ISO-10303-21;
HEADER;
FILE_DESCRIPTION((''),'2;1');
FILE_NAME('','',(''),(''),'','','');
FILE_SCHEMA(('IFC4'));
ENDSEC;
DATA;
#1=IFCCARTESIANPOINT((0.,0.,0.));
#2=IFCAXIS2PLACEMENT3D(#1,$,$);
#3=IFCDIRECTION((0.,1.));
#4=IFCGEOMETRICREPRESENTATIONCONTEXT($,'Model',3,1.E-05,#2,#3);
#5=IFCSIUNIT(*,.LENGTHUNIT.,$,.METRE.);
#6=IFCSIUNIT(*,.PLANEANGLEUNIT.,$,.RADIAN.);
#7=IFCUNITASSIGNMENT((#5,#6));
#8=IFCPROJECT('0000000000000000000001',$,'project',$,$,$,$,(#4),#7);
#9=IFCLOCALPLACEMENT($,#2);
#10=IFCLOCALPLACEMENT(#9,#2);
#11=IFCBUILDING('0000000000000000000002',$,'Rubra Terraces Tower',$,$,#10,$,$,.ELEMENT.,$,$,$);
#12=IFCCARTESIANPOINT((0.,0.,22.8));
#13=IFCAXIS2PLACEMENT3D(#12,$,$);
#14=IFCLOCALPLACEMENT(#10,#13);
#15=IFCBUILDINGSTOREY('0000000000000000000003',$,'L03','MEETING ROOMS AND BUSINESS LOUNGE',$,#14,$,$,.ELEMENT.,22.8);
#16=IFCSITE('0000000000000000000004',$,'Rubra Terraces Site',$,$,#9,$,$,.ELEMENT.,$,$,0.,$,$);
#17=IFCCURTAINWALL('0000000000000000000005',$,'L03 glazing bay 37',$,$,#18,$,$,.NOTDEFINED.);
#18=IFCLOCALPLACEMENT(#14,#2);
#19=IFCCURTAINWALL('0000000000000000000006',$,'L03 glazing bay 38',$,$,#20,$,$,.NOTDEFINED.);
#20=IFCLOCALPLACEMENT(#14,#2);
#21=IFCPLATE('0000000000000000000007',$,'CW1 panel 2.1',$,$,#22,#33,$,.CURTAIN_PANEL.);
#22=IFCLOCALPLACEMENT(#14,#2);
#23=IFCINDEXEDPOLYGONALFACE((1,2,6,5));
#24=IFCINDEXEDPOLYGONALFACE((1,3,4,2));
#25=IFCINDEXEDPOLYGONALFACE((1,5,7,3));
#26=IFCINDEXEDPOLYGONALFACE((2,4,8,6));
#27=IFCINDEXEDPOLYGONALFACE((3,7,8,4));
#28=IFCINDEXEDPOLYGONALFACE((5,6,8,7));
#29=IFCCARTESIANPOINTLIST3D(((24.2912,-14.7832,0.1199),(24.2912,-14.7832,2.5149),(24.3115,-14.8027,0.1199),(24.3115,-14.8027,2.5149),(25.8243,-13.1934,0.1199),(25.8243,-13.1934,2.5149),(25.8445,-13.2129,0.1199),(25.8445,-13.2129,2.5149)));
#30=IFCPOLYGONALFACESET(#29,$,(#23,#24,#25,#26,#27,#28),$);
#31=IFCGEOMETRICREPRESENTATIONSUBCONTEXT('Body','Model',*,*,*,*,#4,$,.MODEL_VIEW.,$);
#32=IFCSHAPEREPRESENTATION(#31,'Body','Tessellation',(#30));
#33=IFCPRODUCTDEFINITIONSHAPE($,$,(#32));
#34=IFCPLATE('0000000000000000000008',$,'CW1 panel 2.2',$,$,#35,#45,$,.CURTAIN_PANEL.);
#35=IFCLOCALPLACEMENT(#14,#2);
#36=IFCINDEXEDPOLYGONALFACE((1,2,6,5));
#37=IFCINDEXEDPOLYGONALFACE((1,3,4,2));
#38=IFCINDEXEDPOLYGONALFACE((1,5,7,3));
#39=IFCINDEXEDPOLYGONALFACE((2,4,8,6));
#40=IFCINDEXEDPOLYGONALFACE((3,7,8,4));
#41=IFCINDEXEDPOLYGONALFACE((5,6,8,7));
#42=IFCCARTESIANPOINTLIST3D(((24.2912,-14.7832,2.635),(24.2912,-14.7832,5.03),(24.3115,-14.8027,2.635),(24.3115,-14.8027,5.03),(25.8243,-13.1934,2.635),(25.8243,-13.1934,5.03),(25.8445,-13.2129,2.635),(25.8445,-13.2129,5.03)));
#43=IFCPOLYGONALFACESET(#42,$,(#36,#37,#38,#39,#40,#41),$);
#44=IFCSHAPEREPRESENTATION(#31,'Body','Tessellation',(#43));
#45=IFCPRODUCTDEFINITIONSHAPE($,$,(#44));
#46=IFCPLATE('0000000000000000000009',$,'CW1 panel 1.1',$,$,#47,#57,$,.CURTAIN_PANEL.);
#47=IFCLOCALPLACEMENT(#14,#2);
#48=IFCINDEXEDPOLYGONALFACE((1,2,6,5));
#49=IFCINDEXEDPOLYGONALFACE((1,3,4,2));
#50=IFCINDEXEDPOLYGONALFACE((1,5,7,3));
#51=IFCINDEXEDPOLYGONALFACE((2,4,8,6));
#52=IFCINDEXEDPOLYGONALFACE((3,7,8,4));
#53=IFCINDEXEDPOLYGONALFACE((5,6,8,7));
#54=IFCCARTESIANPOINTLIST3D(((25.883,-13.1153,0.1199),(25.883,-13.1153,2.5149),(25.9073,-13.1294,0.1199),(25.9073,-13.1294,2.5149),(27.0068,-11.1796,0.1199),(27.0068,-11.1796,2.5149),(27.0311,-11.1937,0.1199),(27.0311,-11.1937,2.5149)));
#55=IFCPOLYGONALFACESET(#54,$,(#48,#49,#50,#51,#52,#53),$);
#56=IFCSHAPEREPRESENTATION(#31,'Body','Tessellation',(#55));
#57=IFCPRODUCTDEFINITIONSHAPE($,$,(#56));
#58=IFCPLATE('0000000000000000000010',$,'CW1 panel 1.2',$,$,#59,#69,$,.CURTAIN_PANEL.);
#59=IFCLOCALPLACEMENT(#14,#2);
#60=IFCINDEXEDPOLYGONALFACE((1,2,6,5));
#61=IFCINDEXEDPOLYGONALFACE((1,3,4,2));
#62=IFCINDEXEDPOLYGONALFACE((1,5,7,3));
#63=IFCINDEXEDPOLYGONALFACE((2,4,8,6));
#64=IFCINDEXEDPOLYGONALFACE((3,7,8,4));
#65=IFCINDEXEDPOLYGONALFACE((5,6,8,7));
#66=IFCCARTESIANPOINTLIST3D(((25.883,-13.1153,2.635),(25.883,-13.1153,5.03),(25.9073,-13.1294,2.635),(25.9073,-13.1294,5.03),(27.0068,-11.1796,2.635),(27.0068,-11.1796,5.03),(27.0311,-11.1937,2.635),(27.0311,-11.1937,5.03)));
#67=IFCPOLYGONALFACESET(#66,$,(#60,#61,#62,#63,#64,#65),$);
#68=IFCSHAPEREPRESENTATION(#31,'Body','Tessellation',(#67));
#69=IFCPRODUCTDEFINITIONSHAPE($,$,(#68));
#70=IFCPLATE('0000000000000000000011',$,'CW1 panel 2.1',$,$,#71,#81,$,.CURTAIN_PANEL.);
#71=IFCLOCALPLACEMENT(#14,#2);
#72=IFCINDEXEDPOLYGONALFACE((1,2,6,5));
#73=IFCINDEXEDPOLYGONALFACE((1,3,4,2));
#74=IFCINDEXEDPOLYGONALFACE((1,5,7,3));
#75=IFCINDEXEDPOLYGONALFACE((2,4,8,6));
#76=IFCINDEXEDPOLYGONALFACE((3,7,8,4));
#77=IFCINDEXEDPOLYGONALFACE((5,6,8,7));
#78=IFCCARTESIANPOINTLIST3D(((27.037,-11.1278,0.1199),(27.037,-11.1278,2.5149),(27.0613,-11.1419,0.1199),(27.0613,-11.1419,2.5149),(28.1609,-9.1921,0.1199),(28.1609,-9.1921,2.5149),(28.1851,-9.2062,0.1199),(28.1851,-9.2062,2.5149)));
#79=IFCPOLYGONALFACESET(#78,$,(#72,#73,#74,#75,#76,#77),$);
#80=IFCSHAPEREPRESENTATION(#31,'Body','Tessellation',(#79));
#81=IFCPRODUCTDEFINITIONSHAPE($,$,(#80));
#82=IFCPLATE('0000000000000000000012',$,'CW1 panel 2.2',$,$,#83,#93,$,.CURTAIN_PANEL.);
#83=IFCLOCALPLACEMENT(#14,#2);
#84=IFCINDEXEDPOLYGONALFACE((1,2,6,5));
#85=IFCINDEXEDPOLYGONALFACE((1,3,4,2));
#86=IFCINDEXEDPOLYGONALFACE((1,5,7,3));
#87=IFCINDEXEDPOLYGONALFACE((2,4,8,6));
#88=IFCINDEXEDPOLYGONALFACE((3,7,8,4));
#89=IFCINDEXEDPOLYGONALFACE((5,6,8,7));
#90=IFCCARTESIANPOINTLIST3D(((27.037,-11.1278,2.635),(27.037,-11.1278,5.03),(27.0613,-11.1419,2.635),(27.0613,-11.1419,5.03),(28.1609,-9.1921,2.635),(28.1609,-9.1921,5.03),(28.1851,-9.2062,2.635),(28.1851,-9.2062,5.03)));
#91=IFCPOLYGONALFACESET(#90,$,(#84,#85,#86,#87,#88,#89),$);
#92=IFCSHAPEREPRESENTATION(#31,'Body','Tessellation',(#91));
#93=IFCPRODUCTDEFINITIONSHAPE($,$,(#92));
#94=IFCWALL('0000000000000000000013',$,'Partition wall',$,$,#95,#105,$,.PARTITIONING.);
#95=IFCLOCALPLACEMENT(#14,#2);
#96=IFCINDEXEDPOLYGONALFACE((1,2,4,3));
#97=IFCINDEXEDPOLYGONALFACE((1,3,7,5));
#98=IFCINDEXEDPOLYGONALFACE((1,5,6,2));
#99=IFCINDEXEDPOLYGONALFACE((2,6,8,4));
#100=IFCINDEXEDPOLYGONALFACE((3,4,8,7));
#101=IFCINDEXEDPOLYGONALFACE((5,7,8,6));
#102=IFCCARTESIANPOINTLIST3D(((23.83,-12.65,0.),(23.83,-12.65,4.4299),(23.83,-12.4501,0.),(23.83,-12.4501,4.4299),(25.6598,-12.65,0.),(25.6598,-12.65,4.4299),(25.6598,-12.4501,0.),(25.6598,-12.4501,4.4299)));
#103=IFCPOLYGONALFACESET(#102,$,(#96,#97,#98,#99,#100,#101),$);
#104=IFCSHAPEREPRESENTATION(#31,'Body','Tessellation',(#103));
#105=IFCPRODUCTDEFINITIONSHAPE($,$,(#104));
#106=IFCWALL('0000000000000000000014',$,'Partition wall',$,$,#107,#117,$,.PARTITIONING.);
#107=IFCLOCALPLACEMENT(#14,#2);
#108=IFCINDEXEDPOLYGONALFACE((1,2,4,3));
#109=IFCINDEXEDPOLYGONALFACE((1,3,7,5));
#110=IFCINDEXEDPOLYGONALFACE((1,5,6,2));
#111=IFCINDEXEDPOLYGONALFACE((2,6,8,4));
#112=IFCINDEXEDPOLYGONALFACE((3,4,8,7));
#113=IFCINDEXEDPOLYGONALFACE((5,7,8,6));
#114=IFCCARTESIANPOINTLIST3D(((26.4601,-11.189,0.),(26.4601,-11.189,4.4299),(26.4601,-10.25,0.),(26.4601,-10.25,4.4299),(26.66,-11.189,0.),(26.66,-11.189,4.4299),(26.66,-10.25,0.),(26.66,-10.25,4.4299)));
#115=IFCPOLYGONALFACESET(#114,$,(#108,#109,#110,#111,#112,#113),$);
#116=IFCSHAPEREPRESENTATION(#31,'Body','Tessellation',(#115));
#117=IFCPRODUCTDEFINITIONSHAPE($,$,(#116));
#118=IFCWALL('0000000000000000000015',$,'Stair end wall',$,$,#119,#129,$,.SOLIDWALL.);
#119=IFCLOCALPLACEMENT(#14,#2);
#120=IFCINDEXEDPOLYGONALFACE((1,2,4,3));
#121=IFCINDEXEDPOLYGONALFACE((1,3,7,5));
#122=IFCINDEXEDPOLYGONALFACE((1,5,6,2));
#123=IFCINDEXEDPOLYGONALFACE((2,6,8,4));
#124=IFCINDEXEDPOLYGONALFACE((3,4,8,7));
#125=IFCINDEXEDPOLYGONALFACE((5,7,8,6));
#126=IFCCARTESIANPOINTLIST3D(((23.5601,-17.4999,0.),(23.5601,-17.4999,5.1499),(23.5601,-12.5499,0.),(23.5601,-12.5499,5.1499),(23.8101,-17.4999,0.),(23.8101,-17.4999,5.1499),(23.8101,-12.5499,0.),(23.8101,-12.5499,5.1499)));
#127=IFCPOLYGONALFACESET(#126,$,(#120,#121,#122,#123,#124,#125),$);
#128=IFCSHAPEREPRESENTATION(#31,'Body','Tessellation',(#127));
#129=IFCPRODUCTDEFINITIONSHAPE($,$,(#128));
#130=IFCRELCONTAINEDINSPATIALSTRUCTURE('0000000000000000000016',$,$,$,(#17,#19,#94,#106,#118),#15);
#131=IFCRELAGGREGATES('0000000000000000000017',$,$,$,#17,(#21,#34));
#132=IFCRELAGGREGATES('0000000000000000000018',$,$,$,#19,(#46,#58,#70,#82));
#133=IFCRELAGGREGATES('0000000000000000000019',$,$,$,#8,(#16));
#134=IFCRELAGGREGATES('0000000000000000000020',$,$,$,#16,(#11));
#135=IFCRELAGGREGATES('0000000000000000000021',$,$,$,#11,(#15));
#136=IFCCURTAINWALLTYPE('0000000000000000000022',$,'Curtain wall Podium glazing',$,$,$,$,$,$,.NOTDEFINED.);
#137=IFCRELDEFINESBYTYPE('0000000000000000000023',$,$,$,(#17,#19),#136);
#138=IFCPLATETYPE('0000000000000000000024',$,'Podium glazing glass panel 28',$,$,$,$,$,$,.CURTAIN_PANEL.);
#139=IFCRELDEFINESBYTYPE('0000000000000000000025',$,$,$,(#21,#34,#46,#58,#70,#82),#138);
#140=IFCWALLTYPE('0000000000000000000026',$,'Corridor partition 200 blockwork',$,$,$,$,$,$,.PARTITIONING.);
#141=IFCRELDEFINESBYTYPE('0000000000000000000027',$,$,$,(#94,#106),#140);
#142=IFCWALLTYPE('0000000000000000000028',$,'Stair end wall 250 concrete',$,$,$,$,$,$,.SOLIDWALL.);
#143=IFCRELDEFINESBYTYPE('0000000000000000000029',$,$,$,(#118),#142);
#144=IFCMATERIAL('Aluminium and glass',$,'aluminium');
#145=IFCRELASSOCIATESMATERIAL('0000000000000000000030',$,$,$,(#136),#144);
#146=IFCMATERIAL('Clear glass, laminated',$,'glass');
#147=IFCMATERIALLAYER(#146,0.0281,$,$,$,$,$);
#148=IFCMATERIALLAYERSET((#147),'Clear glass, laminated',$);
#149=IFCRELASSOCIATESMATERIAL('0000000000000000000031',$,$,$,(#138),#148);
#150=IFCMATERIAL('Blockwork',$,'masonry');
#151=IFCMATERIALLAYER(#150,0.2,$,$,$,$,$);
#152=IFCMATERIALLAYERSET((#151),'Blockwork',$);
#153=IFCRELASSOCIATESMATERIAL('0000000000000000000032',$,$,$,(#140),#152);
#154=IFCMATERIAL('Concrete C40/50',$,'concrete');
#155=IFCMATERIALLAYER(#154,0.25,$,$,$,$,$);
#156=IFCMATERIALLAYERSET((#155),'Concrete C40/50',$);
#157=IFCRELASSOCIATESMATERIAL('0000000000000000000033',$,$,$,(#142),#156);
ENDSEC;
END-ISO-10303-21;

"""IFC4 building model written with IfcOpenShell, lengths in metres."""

from ifc_helpers import new_model, si_unit, direction, frame, frame_2d, origin, origin_2d, place, context, subcontext, project, spatial, rectangle, extrude, material, layer, layer_set, type_object, element, aggregate, save


model = new_model("IFC4")

# Units and contexts
model_context = context("Model", 3, precision=1e-05, world=origin(), true_north=direction((0.0, 1.0)))
body_context = subcontext(model_context, "Body", "Model", "MODEL_VIEW")
ifc_project = project(units=[si_unit("LENGTHUNIT", "METRE"), si_unit("PLANEANGLEUNIT", "RADIAN")], contexts=[model_context])

# Site, building, storey
site_placement = place(None, origin())
site = spatial("IfcSite", under=ifc_project, at=site_placement, Name="Rubra Terraces Site", CompositionType="ELEMENT", RefElevation=0.0)
building_placement = place(site_placement, origin())
building = spatial("IfcBuilding", under=site, at=building_placement, Name="Rubra Terraces Tower", CompositionType="ELEMENT")
storey_placement = place(building_placement, frame((0.0, 0.0, 22.8)))
storey = spatial("IfcBuildingStorey", under=building, at=storey_placement, Name="L03", Description="MEETING ROOMS AND BUSINESS LOUNGE", CompositionType="ELEMENT", Elevation=22.8)

# Curtain walls
ifc_material_1 = material(Name="Aluminium and glass", Category="aluminium")
curtain_wall_type = type_object("IfcCurtainWallType", Name="Curtain wall Podium glazing", PredefinedType="NOTDEFINED", material=ifc_material_1)
curtain_wall_1_placement = place(storey_placement, origin())
curtain_wall_1 = element("IfcCurtainWall", 1, at=curtain_wall_1_placement, inside=storey, type_object=curtain_wall_type, Name="L03 glazing bay 37", PredefinedType="NOTDEFINED")
curtain_wall_2_placement = place(storey_placement, origin())
curtain_wall_2 = element("IfcCurtainWall", 2, at=curtain_wall_2_placement, inside=storey, type_object=curtain_wall_type, Name="L03 glazing bay 38", PredefinedType="NOTDEFINED")

# Shared definitions
ifc_material_2 = material(Name="Clear glass, laminated", Category="glass")
ifc_layer_1 = layer(ifc_material_2, 0.0281)
ifc_layer_set_1 = layer_set([ifc_layer_1], Name="Clear glass, laminated")
plate_type = type_object("IfcPlateType", Name="Podium glazing glass panel 28", PredefinedType="CURTAIN_PANEL", material=ifc_layer_set_1)

# Plates
plate_1_placement = place(storey_placement, frame((25.0679, -13.998, 0.1199), z_axis=(0.0, 0.0, 1.0), x_axis=(0.694156, 0.719825, 0.0)))
plate_1 = element("IfcPlate", 3, at=plate_1_placement, type_object=plate_type, Name="CW1 panel 2.1", PredefinedType="CURTAIN_PANEL", context=body_context, shape_type="SweptSolid", body=[
    extrude(rectangle(XDim=2.2085, YDim=0.0281, at=origin_2d()), origin(), (0.0, 0.0, 1.0), 2.395),
])
plate_2_placement = place(storey_placement, frame((25.0679, -13.998, 2.635), z_axis=(0.0, 0.0, 1.0), x_axis=(0.694156, 0.719825, 0.0)))
plate_2 = element("IfcPlate", 4, at=plate_2_placement, type_object=plate_type, Name="CW1 panel 2.2", PredefinedType="CURTAIN_PANEL", context=body_context, shape_type="SweptSolid", body=[
    extrude(rectangle(XDim=2.2085, YDim=0.0281, at=origin_2d()), origin(), (0.0, 0.0, 1.0), 2.395),
])
aggregate(curtain_wall_1, [plate_1, plate_2])
plate_3_placement = place(storey_placement, frame((26.457, -12.1545, 0.1199), z_axis=(0.0, 0.0, 1.0), x_axis=(0.502094, 0.864813, 0.0)))
plate_3 = element("IfcPlate", 5, at=plate_3_placement, type_object=plate_type, Name="CW1 panel 1.1", PredefinedType="CURTAIN_PANEL", context=body_context, shape_type="SweptSolid", body=[
    extrude(rectangle(XDim=2.2383, YDim=0.0281, at=origin_2d()), origin(), (0.0, 0.0, 1.0), 2.395),
])
plate_4_placement = place(storey_placement, frame((26.457, -12.1545, 2.635), z_axis=(0.0, 0.0, 1.0), x_axis=(0.502094, 0.864813, 0.0)))
plate_4 = element("IfcPlate", 6, at=plate_4_placement, type_object=plate_type, Name="CW1 panel 1.2", PredefinedType="CURTAIN_PANEL", context=body_context, shape_type="SweptSolid", body=[
    extrude(rectangle(XDim=2.2383, YDim=0.0281, at=origin_2d()), origin(), (0.0, 0.0, 1.0), 2.395),
])
plate_5_placement = place(storey_placement, frame((27.6111, -10.167, 0.1199), z_axis=(0.0, 0.0, 1.0), x_axis=(0.502094, 0.864813, 0.0)))
plate_5 = element("IfcPlate", 7, at=plate_5_placement, type_object=plate_type, Name="CW1 panel 2.1", PredefinedType="CURTAIN_PANEL", context=body_context, shape_type="SweptSolid", body=[
    extrude(rectangle(XDim=2.2383, YDim=0.0281, at=origin_2d()), origin(), (0.0, 0.0, 1.0), 2.395),
])
plate_6_placement = place(storey_placement, frame((27.6111, -10.167, 2.635), z_axis=(0.0, 0.0, 1.0), x_axis=(0.502094, 0.864813, 0.0)))
plate_6 = element("IfcPlate", 8, at=plate_6_placement, type_object=plate_type, Name="CW1 panel 2.2", PredefinedType="CURTAIN_PANEL", context=body_context, shape_type="SweptSolid", body=[
    extrude(rectangle(XDim=2.2383, YDim=0.0281, at=origin_2d()), origin(), (0.0, 0.0, 1.0), 2.395),
])
aggregate(curtain_wall_2, [plate_3, plate_4, plate_5, plate_6])

# Walls
ifc_material_3 = material(Name="Blockwork", Category="masonry")
ifc_layer_2 = layer(ifc_material_3, 0.2)
ifc_layer_set_2 = layer_set([ifc_layer_2], Name="Blockwork")
wall_type_1 = type_object("IfcWallType", Name="Corridor partition 200 blockwork", PredefinedType="PARTITIONING", material=ifc_layer_set_2)
wall_1_placement = place(storey_placement, frame((25.6599, -12.55, 0.0), z_axis=(0.0, 0.0, 1.0), x_axis=(-1.0, 0.0, 0.0)))
element("IfcWall", 9, at=wall_1_placement, inside=storey, type_object=wall_type_1, Name="Partition wall", PredefinedType="PARTITIONING", context=body_context, shape_type="SweptSolid", body=[
    extrude(rectangle(XDim=1.8298, YDim=0.2, at=frame_2d((0.915, 0.0))), origin(), (0.0, 0.0, 1.0), 4.4299),
])
wall_2_placement = place(storey_placement, frame((26.5601, -10.25, 0.0), z_axis=(0.0, 0.0, 1.0), x_axis=(0.0, -1.0, 0.0)))
element("IfcWall", 10, at=wall_2_placement, inside=storey, type_object=wall_type_1, Name="Partition wall", PredefinedType="PARTITIONING", context=body_context, shape_type="SweptSolid", body=[
    extrude(rectangle(XDim=0.939, YDim=0.2, at=frame_2d((0.4695, 0.0))), origin(), (0.0, 0.0, 1.0), 4.4299),
])
ifc_material_4 = material(Name="Concrete C40/50", Category="concrete")
ifc_layer_3 = layer(ifc_material_4, 0.25)
ifc_layer_set_3 = layer_set([ifc_layer_3], Name="Concrete C40/50")
wall_type_2 = type_object("IfcWallType", Name="Stair end wall 250 concrete", PredefinedType="SOLIDWALL", material=ifc_layer_set_3)
wall_3_placement = place(storey_placement, frame((23.6851, -17.5, 0.0), z_axis=(0.0, 0.0, 1.0), x_axis=(0.0, 1.0, 0.0)))
element("IfcWall", 11, at=wall_3_placement, inside=storey, type_object=wall_type_2, Name="Stair end wall", PredefinedType="SOLIDWALL", context=body_context, shape_type="SweptSolid", body=[
    extrude(rectangle(XDim=4.95, YDim=0.25, at=frame_2d((2.4751, 0.0))), origin(), (0.0, 0.0, 1.0), 5.1499),
])

save(model, "model.ifc")
